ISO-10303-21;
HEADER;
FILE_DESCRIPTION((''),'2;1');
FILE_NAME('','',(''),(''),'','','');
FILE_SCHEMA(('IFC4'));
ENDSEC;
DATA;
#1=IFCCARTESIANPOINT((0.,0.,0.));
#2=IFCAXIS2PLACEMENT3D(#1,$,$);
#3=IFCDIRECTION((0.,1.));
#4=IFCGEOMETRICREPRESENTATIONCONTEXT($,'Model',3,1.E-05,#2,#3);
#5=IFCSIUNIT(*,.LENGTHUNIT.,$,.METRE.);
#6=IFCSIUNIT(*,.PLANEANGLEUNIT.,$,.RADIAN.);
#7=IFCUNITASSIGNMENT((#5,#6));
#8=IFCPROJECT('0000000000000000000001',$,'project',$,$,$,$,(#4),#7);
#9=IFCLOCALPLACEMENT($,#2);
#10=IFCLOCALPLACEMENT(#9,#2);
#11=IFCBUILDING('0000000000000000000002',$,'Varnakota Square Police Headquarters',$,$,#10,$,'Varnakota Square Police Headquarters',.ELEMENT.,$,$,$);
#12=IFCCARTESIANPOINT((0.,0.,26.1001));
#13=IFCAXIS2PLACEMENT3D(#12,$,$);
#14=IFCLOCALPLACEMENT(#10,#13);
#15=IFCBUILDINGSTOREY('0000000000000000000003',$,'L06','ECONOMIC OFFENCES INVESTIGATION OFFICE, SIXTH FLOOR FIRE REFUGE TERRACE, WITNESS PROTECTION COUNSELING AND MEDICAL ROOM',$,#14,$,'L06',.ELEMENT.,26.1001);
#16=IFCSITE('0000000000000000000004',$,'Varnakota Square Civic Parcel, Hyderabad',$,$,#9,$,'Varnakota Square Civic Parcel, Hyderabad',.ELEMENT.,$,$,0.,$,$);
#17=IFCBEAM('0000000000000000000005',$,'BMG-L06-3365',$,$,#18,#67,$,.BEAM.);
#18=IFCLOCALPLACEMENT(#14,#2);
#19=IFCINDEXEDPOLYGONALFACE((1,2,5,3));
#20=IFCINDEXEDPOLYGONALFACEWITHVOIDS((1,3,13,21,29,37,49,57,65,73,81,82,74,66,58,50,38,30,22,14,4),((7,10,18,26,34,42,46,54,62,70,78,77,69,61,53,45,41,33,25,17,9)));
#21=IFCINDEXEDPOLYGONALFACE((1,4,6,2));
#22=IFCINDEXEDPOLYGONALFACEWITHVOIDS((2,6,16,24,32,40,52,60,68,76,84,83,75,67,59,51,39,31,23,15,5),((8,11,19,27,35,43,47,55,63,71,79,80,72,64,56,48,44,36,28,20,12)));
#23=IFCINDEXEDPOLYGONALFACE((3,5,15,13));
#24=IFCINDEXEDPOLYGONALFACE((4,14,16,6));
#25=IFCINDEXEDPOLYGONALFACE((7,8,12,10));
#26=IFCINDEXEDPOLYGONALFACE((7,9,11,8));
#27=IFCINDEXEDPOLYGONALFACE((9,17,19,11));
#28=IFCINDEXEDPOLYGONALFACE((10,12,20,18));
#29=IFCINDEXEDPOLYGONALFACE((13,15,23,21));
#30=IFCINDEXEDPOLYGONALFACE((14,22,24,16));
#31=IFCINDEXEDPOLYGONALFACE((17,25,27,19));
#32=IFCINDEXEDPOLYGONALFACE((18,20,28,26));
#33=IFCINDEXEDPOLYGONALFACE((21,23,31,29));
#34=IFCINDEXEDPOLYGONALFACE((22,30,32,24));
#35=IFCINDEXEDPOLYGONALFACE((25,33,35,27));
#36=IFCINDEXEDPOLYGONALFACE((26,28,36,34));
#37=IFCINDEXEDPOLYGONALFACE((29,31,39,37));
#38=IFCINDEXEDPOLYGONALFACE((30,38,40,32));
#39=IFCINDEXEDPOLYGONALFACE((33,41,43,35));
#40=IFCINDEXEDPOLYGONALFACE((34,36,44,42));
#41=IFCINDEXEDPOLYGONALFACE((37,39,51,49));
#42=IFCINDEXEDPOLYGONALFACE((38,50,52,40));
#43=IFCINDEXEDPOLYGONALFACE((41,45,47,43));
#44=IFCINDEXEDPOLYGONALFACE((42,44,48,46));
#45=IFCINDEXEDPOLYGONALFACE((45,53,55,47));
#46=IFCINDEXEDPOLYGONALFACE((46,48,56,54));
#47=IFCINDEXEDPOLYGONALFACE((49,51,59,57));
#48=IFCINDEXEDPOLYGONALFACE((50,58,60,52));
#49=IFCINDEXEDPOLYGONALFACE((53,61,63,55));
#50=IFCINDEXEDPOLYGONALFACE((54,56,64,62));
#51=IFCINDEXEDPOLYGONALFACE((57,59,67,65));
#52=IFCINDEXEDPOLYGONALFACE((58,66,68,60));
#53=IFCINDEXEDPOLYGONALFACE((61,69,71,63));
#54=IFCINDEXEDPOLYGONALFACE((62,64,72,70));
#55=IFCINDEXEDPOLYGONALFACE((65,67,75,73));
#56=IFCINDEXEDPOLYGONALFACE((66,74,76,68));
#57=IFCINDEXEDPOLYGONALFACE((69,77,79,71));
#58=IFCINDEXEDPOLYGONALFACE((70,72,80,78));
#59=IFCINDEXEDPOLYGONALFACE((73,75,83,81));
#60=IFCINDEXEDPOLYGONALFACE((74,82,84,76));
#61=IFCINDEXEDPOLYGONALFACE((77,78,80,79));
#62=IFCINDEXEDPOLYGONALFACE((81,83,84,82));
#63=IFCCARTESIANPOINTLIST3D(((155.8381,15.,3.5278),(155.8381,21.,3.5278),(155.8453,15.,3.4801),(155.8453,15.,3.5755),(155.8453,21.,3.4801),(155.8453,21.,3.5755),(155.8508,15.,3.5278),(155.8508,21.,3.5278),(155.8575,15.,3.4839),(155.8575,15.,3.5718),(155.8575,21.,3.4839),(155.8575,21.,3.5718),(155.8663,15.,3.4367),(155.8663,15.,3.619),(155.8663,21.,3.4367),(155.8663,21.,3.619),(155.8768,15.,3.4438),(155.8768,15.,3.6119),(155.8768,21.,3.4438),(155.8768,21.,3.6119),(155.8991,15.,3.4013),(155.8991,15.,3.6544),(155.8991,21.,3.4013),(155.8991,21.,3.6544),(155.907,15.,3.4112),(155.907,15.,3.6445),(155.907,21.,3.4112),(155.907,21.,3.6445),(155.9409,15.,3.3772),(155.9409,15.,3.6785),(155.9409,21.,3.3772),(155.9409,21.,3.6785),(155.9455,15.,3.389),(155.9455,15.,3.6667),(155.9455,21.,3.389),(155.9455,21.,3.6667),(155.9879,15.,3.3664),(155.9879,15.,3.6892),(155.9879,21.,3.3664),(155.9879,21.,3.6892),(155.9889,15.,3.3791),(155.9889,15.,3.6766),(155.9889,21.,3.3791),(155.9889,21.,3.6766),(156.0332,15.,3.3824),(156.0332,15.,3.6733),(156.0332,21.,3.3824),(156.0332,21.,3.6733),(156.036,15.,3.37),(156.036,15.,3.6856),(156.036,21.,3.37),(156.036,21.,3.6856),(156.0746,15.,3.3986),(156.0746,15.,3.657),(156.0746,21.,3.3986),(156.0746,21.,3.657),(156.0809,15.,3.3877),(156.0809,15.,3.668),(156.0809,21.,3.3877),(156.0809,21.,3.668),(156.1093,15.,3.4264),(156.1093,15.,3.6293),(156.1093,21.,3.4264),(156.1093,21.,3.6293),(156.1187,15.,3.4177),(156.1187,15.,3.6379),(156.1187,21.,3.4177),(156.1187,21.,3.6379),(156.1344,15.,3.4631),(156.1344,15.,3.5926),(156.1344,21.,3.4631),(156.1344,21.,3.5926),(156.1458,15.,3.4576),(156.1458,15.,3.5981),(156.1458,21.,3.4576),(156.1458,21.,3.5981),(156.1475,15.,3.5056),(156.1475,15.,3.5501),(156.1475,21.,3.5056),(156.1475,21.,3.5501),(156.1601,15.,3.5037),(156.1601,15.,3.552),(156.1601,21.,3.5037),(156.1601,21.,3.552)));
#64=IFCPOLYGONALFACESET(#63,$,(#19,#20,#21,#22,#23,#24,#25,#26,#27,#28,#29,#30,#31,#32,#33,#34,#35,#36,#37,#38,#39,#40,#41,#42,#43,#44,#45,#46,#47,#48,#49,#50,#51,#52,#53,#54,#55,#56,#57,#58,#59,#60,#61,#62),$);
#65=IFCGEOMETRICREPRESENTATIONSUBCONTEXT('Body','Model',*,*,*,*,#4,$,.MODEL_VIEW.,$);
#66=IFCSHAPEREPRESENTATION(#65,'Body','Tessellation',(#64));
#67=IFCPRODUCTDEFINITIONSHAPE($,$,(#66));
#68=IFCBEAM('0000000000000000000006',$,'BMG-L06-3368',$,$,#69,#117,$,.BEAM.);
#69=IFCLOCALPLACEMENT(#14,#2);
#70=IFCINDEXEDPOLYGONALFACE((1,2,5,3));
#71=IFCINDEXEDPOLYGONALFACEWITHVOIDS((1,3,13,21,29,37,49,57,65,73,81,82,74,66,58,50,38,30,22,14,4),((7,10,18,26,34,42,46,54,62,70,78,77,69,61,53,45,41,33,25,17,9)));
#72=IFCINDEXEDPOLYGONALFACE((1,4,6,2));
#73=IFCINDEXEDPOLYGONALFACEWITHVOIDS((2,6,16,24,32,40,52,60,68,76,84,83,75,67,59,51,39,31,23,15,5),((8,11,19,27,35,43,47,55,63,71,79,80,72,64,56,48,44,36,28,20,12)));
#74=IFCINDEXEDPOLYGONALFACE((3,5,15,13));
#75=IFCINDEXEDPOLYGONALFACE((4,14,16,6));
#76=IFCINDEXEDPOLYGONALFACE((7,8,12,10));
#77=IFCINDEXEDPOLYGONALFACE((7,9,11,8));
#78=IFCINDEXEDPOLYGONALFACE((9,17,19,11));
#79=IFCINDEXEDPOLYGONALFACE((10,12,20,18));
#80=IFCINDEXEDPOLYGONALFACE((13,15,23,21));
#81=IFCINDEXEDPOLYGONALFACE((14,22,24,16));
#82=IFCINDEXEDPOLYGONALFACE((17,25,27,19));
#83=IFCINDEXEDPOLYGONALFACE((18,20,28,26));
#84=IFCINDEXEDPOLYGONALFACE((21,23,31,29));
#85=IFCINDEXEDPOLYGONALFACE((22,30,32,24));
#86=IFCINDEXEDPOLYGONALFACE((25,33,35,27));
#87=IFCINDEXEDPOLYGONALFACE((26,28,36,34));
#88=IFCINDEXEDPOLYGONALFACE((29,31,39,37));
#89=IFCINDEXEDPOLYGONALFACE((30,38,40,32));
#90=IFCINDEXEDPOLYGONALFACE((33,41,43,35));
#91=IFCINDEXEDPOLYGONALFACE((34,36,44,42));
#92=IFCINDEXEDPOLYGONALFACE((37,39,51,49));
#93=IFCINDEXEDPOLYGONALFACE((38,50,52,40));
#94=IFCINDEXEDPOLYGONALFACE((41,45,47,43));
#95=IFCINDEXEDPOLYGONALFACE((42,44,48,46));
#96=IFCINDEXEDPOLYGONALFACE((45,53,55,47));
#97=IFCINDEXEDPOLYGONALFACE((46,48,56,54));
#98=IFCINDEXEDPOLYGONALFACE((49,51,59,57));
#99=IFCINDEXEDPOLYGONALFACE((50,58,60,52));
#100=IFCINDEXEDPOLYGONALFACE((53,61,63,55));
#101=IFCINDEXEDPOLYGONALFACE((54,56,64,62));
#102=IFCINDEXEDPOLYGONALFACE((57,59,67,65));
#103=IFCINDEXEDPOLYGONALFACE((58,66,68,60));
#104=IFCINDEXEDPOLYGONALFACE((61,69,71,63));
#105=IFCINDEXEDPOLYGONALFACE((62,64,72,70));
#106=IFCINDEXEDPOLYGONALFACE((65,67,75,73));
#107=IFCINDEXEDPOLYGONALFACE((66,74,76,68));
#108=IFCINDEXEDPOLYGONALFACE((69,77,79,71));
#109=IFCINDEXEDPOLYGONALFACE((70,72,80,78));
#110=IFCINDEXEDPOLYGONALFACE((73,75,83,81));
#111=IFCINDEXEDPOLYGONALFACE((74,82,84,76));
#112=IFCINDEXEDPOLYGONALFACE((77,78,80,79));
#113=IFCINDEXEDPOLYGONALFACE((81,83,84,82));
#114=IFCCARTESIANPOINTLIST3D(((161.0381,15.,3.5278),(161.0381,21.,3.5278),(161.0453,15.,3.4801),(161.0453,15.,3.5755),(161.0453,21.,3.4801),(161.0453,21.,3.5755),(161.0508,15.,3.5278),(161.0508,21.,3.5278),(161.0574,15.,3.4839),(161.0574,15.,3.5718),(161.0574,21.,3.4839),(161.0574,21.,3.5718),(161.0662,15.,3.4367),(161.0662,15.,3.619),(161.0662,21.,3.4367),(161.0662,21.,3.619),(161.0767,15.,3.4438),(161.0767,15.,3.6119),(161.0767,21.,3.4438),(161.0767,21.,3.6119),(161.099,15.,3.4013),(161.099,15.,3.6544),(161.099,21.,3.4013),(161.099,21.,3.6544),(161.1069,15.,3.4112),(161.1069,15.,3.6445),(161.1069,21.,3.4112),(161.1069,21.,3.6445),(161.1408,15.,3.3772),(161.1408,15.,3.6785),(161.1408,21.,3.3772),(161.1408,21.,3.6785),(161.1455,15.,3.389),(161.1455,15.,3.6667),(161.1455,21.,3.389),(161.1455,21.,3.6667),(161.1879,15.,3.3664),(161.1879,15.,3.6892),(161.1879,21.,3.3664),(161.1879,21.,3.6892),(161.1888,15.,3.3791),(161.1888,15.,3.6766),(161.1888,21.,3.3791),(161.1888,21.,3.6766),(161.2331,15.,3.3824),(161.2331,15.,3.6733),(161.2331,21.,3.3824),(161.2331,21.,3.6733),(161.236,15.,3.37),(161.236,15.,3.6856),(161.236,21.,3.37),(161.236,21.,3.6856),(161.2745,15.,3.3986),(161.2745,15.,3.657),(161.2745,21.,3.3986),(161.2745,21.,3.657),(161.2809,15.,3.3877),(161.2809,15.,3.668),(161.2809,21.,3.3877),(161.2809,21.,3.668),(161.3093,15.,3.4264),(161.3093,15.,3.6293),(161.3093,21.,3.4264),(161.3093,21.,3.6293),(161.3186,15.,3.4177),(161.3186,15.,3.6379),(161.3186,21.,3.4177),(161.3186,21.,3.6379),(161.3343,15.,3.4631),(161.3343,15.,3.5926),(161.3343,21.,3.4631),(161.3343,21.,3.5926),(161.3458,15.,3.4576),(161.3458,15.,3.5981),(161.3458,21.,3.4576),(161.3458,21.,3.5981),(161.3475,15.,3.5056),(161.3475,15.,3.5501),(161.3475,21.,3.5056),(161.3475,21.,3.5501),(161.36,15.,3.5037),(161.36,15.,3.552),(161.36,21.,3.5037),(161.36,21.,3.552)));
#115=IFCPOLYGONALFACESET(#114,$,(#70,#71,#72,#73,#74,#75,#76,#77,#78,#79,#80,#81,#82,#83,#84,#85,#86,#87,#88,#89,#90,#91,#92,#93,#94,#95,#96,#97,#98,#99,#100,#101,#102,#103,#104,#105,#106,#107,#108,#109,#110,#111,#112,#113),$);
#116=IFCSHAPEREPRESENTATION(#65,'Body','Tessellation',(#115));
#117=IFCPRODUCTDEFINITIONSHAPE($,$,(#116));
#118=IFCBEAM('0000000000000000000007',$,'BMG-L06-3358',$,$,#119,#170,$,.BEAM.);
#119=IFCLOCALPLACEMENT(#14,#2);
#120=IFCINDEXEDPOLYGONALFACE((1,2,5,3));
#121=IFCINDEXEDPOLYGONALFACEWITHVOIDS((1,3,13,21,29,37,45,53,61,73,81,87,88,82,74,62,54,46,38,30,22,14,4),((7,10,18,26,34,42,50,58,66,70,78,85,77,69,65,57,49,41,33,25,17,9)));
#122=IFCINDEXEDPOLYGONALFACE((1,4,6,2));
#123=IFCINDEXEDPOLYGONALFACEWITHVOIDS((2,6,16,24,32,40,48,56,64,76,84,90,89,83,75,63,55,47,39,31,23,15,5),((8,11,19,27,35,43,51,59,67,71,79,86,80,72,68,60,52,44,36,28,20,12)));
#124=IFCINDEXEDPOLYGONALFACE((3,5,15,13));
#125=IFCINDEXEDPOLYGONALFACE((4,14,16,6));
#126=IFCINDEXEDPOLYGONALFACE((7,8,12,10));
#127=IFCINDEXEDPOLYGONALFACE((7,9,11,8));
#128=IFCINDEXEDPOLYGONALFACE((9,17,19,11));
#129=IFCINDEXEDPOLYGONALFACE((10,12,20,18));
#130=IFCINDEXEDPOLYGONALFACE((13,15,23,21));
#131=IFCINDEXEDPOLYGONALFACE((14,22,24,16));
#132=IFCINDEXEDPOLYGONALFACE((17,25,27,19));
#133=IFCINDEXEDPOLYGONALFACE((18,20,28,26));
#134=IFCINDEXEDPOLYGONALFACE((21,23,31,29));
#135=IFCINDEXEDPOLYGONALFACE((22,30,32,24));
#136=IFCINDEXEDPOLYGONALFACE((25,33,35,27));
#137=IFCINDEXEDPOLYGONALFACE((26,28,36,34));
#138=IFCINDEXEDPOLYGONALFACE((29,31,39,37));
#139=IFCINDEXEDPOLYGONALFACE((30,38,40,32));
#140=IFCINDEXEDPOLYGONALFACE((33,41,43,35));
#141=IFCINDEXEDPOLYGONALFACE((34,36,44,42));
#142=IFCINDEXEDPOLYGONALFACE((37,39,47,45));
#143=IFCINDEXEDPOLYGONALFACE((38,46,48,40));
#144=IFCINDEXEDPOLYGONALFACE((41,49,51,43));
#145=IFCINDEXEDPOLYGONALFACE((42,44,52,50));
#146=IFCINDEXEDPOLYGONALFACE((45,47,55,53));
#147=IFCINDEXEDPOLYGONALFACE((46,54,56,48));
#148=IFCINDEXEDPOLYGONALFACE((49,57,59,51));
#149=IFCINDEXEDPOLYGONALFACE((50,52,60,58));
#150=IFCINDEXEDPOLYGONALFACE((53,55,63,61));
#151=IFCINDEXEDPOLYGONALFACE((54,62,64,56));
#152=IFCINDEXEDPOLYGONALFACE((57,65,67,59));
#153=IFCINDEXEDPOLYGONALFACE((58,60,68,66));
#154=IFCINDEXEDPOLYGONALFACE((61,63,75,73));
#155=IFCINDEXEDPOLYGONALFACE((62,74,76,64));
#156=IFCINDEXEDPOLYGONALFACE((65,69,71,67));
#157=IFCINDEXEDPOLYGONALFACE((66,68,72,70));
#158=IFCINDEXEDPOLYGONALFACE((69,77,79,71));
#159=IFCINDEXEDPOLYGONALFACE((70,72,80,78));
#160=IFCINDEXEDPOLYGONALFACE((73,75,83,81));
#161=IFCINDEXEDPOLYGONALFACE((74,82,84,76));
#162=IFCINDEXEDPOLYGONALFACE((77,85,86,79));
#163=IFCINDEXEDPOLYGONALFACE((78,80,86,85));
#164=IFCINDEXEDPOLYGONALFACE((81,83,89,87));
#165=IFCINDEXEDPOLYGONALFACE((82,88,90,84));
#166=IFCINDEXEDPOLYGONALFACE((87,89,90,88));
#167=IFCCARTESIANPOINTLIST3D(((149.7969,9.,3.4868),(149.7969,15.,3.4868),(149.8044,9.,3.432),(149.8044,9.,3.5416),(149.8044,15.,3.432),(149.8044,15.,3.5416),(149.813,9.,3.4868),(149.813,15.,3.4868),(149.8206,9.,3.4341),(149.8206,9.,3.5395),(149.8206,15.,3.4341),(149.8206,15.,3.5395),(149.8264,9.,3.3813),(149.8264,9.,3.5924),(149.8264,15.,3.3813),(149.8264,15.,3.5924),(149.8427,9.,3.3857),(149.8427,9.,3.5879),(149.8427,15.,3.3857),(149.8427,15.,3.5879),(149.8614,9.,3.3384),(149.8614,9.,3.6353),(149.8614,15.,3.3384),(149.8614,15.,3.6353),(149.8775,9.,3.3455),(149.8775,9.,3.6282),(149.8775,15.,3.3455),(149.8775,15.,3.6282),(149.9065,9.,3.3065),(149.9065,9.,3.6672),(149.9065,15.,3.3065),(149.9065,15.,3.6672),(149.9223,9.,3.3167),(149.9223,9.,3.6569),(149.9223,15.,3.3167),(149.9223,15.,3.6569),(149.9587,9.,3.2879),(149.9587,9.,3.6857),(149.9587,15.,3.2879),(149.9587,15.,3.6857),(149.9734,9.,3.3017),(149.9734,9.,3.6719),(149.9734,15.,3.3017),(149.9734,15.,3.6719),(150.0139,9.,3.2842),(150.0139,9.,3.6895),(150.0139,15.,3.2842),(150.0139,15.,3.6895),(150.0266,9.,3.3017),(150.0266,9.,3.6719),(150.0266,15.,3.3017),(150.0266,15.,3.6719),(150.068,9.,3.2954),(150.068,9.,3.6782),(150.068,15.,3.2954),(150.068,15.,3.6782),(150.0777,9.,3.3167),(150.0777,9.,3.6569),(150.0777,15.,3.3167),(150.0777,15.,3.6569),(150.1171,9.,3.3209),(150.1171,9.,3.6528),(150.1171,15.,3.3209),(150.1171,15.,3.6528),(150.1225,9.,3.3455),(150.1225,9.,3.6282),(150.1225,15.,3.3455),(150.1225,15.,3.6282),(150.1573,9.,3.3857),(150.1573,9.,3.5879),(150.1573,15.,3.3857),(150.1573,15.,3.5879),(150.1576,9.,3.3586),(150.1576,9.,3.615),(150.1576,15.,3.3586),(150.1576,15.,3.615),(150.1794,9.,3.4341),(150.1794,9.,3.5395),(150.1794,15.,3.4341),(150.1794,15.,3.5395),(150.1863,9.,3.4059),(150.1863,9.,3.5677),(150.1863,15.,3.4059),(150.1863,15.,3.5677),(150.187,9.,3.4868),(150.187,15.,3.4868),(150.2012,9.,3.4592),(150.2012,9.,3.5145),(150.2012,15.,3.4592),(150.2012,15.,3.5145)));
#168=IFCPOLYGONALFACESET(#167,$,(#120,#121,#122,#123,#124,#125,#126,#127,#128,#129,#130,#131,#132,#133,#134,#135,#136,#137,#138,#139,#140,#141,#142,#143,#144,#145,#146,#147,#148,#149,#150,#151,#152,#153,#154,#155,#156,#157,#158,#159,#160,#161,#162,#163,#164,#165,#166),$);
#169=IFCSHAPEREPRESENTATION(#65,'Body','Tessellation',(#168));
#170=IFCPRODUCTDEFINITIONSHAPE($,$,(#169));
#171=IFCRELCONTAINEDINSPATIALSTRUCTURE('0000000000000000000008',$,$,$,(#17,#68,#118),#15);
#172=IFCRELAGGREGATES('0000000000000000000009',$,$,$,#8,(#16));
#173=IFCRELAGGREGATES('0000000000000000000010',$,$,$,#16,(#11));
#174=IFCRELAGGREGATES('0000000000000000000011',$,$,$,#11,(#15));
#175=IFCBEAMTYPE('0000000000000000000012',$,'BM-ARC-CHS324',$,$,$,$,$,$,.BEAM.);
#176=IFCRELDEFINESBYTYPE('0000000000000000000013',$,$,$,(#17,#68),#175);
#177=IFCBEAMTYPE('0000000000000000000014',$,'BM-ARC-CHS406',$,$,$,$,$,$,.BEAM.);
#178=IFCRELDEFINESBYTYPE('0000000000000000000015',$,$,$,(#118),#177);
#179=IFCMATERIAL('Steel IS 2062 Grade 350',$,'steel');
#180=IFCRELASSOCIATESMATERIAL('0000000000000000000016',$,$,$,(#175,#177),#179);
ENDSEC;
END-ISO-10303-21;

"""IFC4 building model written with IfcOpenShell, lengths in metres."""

from ifc_helpers import new_model, si_unit, direction, frame, origin, origin_2d, place, context, subcontext, project, spatial, hollow_circle, extrude, material, material_profile, profile_set, type_object, element, save


model = new_model("IFC4")

# Units and contexts
model_context = context("Model", 3, precision=1e-05, world=origin(), true_north=direction((0.0, 1.0)))
body_context = subcontext(model_context, "Body", "Model", "MODEL_VIEW")
ifc_project = project(units=[si_unit("LENGTHUNIT", "METRE"), si_unit("PLANEANGLEUNIT", "RADIAN")], contexts=[model_context])

# Site, building, storey
site_placement = place(None, origin())
site = spatial("IfcSite", under=ifc_project, at=site_placement, Name="Varnakota Square Civic Parcel, Hyderabad", LongName="Varnakota Square Civic Parcel, Hyderabad", CompositionType="ELEMENT", RefElevation=0.0)
building_placement = place(site_placement, origin())
building = spatial("IfcBuilding", under=site, at=building_placement, Name="Varnakota Square Police Headquarters", LongName="Varnakota Square Police Headquarters", CompositionType="ELEMENT")
storey_placement = place(building_placement, frame((0.0, 0.0, 26.1001)))
storey = spatial("IfcBuildingStorey", under=building, at=storey_placement, Name="L06", Description="ECONOMIC OFFENCES INVESTIGATION OFFICE, SIXTH FLOOR FIRE REFUGE TERRACE, WITNESS PROTECTION COUNSELING AND MEDICAL ROOM", LongName="L06", CompositionType="ELEMENT", Elevation=26.1001)

# Shared definitions
ifc_material_1 = material(Name="Steel IS 2062 Grade 350", Category="steel")

# Beams
ifc_material_profile_1 = material_profile(ifc_material_1, hollow_circle(Radius=0.1619, WallThickness=0.0127, at=origin_2d()), Name="CHS 323.9x12.7")
ifc_profile_set_1 = profile_set([ifc_material_profile_1], Name="Steel IS 2062 Grade 350")
beam_type_1 = type_object("IfcBeamType", Name="BM-ARC-CHS324", PredefinedType="BEAM", material=ifc_profile_set_1)
for number, where, z_axis, x_axis, name in (
    (1, (156.0, 15.0, 3.5278), (0.0, 1.0, 0.0), (-1.0, 0.0, 0.0), "BMG-L06-3365"),
    (2, (161.2, 15.0, 3.5278), (0.0, 1.0, 0.0), (-1.0, 0.0, 0.0), "BMG-L06-3368"),
):
    element("IfcBeam", number, at=place(storey_placement, frame(where, z_axis=z_axis, x_axis=x_axis)), inside=storey, type_object=beam_type_1, Name=name, PredefinedType="BEAM", context=body_context, shape_type="SweptSolid", body=[
        extrude(hollow_circle(Radius=0.1619, WallThickness=0.0127, at=origin_2d()), origin(), (0.0, 0.0, 1.0), 6.0),
    ])
ifc_material_profile_2 = material_profile(ifc_material_1, hollow_circle(Radius=0.2031, WallThickness=0.0161, at=origin_2d()), Name="CHS 406.4x16.0")
ifc_profile_set_2 = profile_set([ifc_material_profile_2], Name="Steel IS 2062 Grade 350")
beam_type_2 = type_object("IfcBeamType", Name="BM-ARC-CHS406", PredefinedType="BEAM", material=ifc_profile_set_2)
for number, where, z_axis, x_axis, name in (
    (3, (150.0, 9.0, 3.4868), (0.0, 1.0, 0.0), (-1.0, 0.0, 0.0), "BMG-L06-3358"),
):
    element("IfcBeam", number, at=place(storey_placement, frame(where, z_axis=z_axis, x_axis=x_axis)), inside=storey, type_object=beam_type_2, Name=name, PredefinedType="BEAM", context=body_context, shape_type="SweptSolid", body=[
        extrude(hollow_circle(Radius=0.2031, WallThickness=0.0161, at=origin_2d()), origin(), (0.0, 0.0, 1.0), 6.0),
    ])

save(model, "model.ifc")
